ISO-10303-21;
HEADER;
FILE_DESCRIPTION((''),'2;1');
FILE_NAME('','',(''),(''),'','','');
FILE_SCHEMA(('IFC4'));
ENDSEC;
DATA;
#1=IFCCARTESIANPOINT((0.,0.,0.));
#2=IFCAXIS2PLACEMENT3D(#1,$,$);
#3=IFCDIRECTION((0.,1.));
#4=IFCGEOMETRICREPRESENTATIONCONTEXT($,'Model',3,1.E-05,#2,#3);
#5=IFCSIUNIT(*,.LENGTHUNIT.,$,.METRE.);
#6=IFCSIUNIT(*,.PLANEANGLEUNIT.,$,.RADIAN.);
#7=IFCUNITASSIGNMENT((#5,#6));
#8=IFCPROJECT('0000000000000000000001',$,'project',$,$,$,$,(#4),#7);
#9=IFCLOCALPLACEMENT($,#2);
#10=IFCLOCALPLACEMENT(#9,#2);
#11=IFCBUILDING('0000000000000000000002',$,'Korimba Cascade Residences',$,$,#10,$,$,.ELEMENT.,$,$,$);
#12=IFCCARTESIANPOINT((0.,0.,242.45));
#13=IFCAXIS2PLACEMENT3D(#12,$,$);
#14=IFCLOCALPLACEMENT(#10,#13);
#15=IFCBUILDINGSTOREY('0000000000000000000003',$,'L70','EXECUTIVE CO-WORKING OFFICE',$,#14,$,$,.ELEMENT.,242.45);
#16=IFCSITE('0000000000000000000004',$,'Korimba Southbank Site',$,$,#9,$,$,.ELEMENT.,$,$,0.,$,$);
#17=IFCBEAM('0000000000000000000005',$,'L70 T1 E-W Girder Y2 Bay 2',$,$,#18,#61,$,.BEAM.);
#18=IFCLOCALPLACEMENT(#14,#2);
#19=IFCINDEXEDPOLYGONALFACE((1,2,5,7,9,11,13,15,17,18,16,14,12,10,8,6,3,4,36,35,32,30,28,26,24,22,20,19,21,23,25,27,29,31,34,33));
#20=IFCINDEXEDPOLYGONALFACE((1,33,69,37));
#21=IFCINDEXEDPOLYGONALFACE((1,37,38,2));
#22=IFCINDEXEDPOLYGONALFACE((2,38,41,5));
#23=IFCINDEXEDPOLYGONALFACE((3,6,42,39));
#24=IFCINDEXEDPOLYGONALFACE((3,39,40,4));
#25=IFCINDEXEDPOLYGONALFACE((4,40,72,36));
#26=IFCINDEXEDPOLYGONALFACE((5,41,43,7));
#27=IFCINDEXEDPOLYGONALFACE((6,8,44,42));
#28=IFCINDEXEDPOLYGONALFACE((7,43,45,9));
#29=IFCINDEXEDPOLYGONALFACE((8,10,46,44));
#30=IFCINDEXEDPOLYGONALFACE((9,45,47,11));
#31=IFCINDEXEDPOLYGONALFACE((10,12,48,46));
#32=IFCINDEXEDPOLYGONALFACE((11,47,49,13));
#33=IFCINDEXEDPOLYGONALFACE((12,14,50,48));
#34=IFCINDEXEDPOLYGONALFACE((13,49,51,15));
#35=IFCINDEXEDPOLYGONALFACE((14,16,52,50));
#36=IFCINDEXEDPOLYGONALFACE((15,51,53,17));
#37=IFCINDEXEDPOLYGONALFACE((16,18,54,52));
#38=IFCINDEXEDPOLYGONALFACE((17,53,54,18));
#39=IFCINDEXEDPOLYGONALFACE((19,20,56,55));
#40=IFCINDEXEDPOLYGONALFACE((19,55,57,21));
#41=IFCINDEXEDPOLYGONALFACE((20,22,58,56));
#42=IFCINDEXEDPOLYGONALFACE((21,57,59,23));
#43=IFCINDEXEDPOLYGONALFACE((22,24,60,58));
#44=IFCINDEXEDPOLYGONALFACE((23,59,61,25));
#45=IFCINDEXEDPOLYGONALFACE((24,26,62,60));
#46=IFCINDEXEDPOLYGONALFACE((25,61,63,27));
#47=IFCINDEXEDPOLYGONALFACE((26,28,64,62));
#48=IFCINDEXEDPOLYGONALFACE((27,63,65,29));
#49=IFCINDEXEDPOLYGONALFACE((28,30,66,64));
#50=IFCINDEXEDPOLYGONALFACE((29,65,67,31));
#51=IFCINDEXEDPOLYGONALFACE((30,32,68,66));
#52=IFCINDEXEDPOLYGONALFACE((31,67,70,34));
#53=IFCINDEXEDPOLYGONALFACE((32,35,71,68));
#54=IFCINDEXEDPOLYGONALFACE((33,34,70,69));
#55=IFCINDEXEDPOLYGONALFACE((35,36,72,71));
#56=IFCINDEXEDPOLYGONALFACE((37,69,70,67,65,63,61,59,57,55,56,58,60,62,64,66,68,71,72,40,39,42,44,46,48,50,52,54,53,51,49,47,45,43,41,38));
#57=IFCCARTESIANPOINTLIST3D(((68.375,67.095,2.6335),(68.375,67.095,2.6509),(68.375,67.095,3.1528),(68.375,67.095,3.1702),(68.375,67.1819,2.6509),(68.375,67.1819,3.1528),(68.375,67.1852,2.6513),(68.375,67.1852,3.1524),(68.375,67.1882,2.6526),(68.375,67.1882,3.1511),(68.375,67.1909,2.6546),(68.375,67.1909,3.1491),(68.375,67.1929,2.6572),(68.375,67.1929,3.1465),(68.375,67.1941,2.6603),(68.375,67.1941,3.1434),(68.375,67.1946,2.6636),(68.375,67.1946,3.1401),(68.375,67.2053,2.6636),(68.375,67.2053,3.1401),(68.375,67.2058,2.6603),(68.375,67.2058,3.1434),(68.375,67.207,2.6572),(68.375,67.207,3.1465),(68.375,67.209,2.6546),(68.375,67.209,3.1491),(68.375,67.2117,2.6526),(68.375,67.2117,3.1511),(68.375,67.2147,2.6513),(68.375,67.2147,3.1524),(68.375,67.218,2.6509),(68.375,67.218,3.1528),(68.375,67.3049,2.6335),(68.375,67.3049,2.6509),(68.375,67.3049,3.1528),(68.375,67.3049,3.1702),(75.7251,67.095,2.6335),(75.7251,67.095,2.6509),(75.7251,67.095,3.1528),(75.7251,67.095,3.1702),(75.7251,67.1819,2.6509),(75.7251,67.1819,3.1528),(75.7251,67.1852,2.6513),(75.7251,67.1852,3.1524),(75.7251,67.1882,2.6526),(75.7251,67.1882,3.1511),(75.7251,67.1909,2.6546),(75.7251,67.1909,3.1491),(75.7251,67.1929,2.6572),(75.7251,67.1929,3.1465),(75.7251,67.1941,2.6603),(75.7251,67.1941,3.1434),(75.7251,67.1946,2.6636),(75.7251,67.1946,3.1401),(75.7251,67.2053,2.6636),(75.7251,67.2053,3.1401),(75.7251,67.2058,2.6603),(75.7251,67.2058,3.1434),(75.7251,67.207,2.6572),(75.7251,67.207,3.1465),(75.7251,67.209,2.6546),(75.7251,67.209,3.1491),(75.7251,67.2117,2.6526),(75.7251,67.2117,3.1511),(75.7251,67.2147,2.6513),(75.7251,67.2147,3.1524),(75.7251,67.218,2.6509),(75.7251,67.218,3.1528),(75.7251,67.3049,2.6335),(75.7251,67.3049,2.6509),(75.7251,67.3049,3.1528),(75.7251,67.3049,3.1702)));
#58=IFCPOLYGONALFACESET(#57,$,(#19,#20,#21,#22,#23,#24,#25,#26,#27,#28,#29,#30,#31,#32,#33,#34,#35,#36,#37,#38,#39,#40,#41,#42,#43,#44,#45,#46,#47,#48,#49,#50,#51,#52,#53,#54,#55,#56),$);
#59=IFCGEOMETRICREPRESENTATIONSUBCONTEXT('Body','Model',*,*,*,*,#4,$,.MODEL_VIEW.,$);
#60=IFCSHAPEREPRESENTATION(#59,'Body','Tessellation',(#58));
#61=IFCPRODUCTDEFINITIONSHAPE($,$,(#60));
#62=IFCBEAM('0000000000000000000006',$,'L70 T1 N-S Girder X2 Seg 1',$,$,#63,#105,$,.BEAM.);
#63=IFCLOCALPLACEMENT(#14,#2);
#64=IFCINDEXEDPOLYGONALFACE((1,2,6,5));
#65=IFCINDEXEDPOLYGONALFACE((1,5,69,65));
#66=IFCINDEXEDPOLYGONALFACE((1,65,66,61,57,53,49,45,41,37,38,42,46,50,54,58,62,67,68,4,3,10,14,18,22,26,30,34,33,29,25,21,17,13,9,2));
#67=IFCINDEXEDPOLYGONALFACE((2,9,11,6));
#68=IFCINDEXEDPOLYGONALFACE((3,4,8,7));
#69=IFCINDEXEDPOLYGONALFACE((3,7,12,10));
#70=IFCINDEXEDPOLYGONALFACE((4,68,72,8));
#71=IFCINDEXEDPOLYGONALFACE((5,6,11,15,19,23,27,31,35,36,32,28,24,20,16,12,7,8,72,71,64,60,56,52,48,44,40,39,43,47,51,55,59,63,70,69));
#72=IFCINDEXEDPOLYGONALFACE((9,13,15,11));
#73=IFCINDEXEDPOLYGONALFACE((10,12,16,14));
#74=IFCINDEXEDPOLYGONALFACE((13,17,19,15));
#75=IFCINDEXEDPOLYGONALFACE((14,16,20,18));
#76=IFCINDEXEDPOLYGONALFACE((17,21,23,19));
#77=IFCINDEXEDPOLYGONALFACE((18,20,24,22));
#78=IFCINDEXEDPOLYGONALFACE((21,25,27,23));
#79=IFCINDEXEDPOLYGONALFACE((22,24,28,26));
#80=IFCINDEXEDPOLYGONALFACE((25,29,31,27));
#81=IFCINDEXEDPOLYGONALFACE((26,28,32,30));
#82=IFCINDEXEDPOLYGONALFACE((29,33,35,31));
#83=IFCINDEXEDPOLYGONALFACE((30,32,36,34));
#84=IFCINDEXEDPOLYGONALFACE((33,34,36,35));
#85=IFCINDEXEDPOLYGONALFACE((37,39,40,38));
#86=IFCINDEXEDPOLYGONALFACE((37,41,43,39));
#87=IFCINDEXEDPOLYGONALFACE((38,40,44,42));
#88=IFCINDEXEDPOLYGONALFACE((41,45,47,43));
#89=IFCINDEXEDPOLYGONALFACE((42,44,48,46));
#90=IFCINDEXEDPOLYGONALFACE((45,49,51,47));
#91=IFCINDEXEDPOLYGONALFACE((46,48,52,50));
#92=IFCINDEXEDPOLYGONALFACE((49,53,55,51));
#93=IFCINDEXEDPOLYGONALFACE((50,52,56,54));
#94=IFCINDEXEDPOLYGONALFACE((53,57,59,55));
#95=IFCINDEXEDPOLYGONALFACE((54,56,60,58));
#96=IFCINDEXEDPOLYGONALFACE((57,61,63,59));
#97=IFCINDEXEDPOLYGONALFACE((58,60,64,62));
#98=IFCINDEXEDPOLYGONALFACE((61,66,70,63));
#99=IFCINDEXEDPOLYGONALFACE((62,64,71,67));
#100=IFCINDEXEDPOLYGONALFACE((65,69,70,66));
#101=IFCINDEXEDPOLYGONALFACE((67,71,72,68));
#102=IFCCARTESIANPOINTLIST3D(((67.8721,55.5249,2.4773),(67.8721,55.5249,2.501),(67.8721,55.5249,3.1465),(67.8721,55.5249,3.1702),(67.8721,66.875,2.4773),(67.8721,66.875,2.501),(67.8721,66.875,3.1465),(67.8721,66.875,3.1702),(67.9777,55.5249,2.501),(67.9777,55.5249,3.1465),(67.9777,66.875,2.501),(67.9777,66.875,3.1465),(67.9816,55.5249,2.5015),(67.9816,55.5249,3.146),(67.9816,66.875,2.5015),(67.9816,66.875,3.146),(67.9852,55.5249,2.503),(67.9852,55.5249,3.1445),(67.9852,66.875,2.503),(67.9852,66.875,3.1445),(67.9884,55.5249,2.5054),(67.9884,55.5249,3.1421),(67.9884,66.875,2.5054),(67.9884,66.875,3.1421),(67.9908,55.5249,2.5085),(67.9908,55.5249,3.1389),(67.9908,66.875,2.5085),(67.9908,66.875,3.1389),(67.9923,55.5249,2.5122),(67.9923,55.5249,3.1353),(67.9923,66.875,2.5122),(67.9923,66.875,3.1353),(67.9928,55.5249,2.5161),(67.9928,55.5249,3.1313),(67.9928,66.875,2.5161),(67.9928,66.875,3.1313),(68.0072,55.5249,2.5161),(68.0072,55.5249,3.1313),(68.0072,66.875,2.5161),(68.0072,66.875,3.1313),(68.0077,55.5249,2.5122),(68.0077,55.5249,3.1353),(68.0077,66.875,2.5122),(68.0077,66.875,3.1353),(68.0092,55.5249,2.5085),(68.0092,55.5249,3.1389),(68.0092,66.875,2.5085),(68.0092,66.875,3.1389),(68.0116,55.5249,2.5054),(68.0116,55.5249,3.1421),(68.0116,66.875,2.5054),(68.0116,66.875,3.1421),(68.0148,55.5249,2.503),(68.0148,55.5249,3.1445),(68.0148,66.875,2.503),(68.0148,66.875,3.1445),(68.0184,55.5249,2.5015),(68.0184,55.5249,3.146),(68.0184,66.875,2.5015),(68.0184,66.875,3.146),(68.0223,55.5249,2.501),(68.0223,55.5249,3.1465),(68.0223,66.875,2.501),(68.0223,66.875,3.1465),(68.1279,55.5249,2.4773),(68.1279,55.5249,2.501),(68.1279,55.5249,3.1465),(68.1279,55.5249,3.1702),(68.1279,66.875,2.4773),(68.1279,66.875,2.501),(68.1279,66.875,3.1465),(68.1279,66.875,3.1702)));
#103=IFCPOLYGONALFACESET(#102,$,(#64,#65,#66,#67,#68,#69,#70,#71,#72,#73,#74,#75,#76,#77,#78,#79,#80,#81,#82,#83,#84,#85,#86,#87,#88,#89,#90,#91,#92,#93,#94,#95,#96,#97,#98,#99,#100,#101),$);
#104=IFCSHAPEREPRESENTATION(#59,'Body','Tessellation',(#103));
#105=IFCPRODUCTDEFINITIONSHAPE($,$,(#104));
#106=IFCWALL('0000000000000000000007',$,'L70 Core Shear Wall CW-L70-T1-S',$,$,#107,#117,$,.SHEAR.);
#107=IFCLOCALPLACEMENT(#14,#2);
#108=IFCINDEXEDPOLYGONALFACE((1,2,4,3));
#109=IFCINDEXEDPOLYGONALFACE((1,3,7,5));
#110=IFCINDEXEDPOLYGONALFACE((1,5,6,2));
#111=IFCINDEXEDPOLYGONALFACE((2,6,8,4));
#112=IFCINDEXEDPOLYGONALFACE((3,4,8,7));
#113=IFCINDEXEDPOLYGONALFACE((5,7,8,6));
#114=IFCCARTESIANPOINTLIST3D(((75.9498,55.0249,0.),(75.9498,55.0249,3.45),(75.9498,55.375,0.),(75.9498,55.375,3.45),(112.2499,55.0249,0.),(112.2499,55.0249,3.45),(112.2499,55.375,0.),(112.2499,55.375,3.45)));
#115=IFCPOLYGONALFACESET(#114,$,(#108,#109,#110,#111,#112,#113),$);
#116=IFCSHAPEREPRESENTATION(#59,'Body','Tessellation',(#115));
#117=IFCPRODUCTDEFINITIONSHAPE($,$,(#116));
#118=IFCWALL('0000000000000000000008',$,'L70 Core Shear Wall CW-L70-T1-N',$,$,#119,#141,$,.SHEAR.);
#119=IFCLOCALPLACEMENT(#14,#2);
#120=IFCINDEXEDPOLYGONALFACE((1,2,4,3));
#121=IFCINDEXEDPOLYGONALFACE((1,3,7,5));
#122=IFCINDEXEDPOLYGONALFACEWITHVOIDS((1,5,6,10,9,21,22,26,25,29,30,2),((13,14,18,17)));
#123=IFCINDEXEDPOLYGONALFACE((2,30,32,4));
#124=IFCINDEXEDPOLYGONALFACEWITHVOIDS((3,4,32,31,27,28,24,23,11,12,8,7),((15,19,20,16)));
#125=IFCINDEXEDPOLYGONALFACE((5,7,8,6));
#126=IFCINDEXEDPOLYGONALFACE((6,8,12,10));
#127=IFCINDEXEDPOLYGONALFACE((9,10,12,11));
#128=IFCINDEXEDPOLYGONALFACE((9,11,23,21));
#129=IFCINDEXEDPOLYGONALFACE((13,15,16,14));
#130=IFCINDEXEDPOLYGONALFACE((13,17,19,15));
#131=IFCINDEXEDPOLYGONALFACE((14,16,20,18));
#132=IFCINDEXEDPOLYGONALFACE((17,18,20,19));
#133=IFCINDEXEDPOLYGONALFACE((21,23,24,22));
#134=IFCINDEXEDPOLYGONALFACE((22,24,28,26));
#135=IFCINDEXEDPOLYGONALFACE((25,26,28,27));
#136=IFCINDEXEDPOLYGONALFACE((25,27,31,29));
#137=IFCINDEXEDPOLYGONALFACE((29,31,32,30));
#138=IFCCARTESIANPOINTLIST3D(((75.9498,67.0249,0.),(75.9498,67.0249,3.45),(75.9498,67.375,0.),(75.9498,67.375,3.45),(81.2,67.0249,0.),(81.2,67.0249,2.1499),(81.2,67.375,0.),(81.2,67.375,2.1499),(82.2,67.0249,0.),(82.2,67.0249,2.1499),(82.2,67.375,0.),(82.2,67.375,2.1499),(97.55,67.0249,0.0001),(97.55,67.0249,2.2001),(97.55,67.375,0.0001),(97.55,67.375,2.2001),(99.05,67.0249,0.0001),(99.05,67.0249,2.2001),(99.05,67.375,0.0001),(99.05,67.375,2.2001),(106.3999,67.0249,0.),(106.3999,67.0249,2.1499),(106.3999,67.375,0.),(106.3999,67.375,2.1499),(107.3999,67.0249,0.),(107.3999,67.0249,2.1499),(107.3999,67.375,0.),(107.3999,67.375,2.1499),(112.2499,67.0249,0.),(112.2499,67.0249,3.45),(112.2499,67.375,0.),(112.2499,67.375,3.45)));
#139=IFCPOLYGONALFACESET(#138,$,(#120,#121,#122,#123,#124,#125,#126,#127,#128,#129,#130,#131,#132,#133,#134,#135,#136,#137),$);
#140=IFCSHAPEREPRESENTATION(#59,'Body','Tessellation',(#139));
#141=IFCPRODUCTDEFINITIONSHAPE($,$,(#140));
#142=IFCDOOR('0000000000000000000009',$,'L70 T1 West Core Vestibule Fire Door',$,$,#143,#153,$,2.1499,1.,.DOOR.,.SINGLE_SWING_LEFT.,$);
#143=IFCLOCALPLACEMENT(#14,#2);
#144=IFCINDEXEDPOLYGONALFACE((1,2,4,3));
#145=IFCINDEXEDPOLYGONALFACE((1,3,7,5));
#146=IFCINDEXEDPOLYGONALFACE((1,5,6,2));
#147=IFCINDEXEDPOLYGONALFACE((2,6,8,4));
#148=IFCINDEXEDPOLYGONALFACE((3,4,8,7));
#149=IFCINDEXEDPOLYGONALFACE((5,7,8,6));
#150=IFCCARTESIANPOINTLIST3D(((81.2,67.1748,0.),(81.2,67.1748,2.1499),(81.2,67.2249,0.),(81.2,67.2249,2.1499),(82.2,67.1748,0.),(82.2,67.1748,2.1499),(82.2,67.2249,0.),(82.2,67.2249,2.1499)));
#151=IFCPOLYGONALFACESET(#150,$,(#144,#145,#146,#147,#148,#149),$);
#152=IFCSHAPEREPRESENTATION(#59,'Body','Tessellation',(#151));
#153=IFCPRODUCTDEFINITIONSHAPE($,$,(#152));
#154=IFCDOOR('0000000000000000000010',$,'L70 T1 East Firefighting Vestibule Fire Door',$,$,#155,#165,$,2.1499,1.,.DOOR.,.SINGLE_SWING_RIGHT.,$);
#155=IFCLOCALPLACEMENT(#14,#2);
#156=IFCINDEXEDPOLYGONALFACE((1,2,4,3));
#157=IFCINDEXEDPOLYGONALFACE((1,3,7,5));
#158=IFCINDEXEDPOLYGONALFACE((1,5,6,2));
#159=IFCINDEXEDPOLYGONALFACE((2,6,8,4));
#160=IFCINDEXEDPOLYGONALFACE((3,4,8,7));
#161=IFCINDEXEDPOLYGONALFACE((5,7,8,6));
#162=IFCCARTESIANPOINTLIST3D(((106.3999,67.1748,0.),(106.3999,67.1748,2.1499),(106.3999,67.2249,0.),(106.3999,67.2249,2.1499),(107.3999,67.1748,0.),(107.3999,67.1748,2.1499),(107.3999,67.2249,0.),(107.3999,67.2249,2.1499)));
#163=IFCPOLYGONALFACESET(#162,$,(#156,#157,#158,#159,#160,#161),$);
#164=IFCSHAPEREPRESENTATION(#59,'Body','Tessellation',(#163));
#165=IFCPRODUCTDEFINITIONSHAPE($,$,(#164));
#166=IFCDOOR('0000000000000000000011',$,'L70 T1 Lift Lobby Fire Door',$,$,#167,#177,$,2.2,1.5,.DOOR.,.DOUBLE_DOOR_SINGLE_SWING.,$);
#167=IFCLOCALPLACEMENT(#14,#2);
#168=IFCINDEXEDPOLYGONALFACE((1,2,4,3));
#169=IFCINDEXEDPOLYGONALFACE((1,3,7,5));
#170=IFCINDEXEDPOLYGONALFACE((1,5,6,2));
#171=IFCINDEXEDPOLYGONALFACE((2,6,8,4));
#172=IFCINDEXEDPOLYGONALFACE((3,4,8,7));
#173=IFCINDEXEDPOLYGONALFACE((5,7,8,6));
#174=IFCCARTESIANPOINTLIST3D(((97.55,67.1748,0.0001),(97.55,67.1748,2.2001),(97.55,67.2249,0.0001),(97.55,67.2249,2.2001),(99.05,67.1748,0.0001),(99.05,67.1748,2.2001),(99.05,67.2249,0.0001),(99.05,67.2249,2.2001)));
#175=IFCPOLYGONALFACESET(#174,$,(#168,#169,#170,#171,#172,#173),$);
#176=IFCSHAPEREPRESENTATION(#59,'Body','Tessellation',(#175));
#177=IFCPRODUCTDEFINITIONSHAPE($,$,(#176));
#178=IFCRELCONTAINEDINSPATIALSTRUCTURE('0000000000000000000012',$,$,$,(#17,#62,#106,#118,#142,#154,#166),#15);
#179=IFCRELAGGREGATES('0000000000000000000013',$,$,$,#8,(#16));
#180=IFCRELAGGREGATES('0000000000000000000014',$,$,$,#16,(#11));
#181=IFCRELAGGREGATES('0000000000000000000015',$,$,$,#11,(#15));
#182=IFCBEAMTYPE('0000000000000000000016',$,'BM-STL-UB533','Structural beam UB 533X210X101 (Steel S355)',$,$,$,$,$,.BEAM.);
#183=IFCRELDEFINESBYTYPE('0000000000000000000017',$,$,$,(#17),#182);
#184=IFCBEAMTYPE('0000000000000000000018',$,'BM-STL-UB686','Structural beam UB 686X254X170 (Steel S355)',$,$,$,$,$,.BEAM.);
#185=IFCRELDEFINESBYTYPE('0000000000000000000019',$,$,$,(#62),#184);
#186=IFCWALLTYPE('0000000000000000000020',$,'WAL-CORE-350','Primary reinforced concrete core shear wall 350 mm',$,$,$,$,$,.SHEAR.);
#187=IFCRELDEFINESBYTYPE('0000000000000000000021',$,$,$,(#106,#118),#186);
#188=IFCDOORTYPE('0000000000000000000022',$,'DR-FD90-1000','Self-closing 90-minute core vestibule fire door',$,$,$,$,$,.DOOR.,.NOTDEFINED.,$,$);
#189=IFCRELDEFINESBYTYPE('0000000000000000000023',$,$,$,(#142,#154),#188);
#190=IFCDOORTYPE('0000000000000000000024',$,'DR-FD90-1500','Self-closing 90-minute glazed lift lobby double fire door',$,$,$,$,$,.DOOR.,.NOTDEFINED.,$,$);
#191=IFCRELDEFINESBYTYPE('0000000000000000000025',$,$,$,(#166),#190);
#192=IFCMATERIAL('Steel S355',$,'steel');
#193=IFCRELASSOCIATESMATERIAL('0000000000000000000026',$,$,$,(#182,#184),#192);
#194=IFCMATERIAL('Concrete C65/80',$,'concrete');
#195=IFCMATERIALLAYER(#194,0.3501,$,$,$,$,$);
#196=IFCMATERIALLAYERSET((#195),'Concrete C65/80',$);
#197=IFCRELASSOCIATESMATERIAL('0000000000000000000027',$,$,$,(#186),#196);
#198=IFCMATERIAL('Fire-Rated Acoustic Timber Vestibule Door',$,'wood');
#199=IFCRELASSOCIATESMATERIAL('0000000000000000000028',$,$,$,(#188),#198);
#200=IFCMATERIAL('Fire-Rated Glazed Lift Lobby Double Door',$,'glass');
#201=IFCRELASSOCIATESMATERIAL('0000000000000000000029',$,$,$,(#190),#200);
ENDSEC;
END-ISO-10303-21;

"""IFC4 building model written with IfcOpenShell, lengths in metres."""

from ifc_helpers import new_model, si_unit, direction, frame, frame_2d, origin, origin_2d, place, context, subcontext, project, spatial, rectangle, i_section, extrude, material, layer, layer_set, material_profile, profile_set, type_object, element, fill, save


model = new_model("IFC4")

# Units and contexts
model_context = context("Model", 3, precision=1e-05, world=origin(), true_north=direction((0.0, 1.0)))
body_context = subcontext(model_context, "Body", "Model", "MODEL_VIEW")
ifc_project = project(units=[si_unit("LENGTHUNIT", "METRE"), si_unit("PLANEANGLEUNIT", "RADIAN")], contexts=[model_context])

# Site, building, storey
site_placement = place(None, origin())
site = spatial("IfcSite", under=ifc_project, at=site_placement, Name="Korimba Southbank Site", CompositionType="ELEMENT", RefElevation=0.0)
building_placement = place(site_placement, origin())
building = spatial("IfcBuilding", under=site, at=building_placement, Name="Korimba Cascade Residences", CompositionType="ELEMENT")
storey_placement = place(building_placement, frame((0.0, 0.0, 242.45)))
storey = spatial("IfcBuildingStorey", under=building, at=storey_placement, Name="L70", Description="EXECUTIVE CO-WORKING OFFICE", CompositionType="ELEMENT", Elevation=242.45)

# Beams
ifc_material_1 = material(Name="Steel S355", Category="steel")
ifc_material_profile_1 = material_profile(ifc_material_1, i_section(OverallWidth=0.21, OverallDepth=0.5366, WebThickness=0.0107, FlangeThickness=0.0173, FilletRadius=0.0127, at=origin_2d()), Name="Steel S355")
ifc_profile_set_1 = profile_set([ifc_material_profile_1], Name="Steel S355")
beam_type_1 = type_object("IfcBeamType", Name="BM-STL-UB533", Description="Structural beam UB 533X210X101 (Steel S355)", PredefinedType="BEAM", material=ifc_profile_set_1)
beam_1_placement = place(storey_placement, frame((68.375, 67.2, 2.9019), z_axis=(1.0, 0.0, 0.0), x_axis=(0.0, 1.0, 0.0)))
element("IfcBeam", 1, at=beam_1_placement, inside=storey, type_object=beam_type_1, Name="L70 T1 E-W Girder Y2 Bay 2", PredefinedType="BEAM", context=body_context, shape_type="SweptSolid", body=[
    extrude(i_section(OverallWidth=0.21, OverallDepth=0.5366, WebThickness=0.0107, FlangeThickness=0.0173, FilletRadius=0.0127, at=origin_2d()), origin(), (0.0, 0.0, 1.0), 7.3501),
])
ifc_material_profile_2 = material_profile(ifc_material_1, i_section(OverallWidth=0.2559, OverallDepth=0.6929, WebThickness=0.0144, FlangeThickness=0.0237, FilletRadius=0.0151, at=origin_2d()), Name="Steel S355")
ifc_profile_set_2 = profile_set([ifc_material_profile_2], Name="Steel S355")
beam_type_2 = type_object("IfcBeamType", Name="BM-STL-UB686", Description="Structural beam UB 686X254X170 (Steel S355)", PredefinedType="BEAM", material=ifc_profile_set_2)
beam_2_placement = place(storey_placement, frame((68.0, 55.5249, 2.8237), z_axis=(0.0, 1.0, 0.0), x_axis=(-1.0, 0.0, 0.0)))
element("IfcBeam", 2, at=beam_2_placement, inside=storey, type_object=beam_type_2, Name="L70 T1 N-S Girder X2 Seg 1", PredefinedType="BEAM", context=body_context, shape_type="SweptSolid", body=[
    extrude(i_section(OverallWidth=0.2559, OverallDepth=0.6929, WebThickness=0.0144, FlangeThickness=0.0237, FilletRadius=0.0151, at=origin_2d()), origin(), (0.0, 0.0, 1.0), 11.3501),
])

# Wall
ifc_material_2 = material(Name="Concrete C65/80", Category="concrete")
ifc_layer_1 = layer(ifc_material_2, 0.3501)
ifc_layer_set_1 = layer_set([ifc_layer_1], Name="Concrete C65/80")
wall_type_1 = type_object("IfcWallType", Name="WAL-CORE-350", Description="Primary reinforced concrete core shear wall 350 mm", PredefinedType="SHEAR", material=ifc_layer_set_1)
wall_1_placement = place(storey_placement, frame((75.95, 55.2, 0.0), z_axis=(0.0, 0.0, 1.0), x_axis=(1.0, 0.0, 0.0)))
element("IfcWall", 3, at=wall_1_placement, inside=storey, type_object=wall_type_1, Name="L70 Core Shear Wall CW-L70-T1-S", PredefinedType="SHEAR", context=body_context, shape_type="SweptSolid", body=[
    extrude(rectangle(XDim=36.3, YDim=0.3501, at=frame_2d((18.1499, 0.0))), origin(), (0.0, 0.0, 1.0), 3.45),
])

# Wall, openings, doors
wall_2_placement = place(storey_placement, frame((75.95, 67.2, 0.0), z_axis=(0.0, 0.0, 1.0), x_axis=(1.0, 0.0, 0.0)))
wall_2 = element("IfcWall", 4, at=wall_2_placement, inside=storey, type_object=wall_type_1, Name="L70 Core Shear Wall CW-L70-T1-N", PredefinedType="SHEAR", context=body_context, shape_type="SweptSolid", body=[
    extrude(rectangle(XDim=36.3, YDim=0.3501, at=frame_2d((18.1499, 0.0))), origin(), (0.0, 0.0, 1.0), 3.45),
])
opening_1_placement = place(wall_2_placement, frame((5.25, 0.0, 0.0)))
opening_1 = element("IfcOpeningElement", 5, at=opening_1_placement, cuts=wall_2, PredefinedType="OPENING", context=body_context, shape_type="SweptSolid", body=[
    extrude(rectangle(XDim=1.0, YDim=2.1499, at=frame_2d((0.5, 1.075))), frame((0.0, 0.1851, 0.0), z_axis=(0.0, -1.0, 0.0), x_axis=(1.0, 0.0, 0.0)), (0.0, 0.0, 1.0), 0.3701),
])
opening_2_placement = place(wall_2_placement, frame((21.6001, 0.0, 0.0)))
opening_2 = element("IfcOpeningElement", 6, at=opening_2_placement, cuts=wall_2, PredefinedType="OPENING", context=body_context, shape_type="SweptSolid", body=[
    extrude(rectangle(XDim=1.5, YDim=2.2, at=frame_2d((0.75, 1.1001))), frame((0.0, 0.1851, 0.0), z_axis=(0.0, -1.0, 0.0), x_axis=(1.0, 0.0, 0.0)), (0.0, 0.0, 1.0), 0.3701),
])
opening_3_placement = place(wall_2_placement, frame((30.45, 0.0, 0.0)))
opening_3 = element("IfcOpeningElement", 7, at=opening_3_placement, cuts=wall_2, PredefinedType="OPENING", context=body_context, shape_type="SweptSolid", body=[
    extrude(rectangle(XDim=1.0, YDim=2.1499, at=frame_2d((0.5, 1.075))), frame((0.0, 0.1851, 0.0), z_axis=(0.0, -1.0, 0.0), x_axis=(1.0, 0.0, 0.0)), (0.0, 0.0, 1.0), 0.3701),
])
ifc_material_3 = material(Name="Fire-Rated Acoustic Timber Vestibule Door", Category="wood")
door_type_1 = type_object("IfcDoorType", Name="DR-FD90-1000", Description="Self-closing 90-minute core vestibule fire door", OperationType="NOTDEFINED", PredefinedType="DOOR", material=ifc_material_3)
door_1_placement = place(opening_1_placement, origin())
door_1 = element("IfcDoor", 8, at=door_1_placement, inside=storey, type_object=door_type_1, Name="L70 T1 West Core Vestibule Fire Door", OperationType="SINGLE_SWING_LEFT", OverallHeight=2.1499, OverallWidth=1.0, PredefinedType="DOOR", context=body_context, shape_type="SweptSolid", body=[
    extrude(rectangle(XDim=1.0, YDim=2.1499, at=frame_2d((0.5, 1.075))), frame((0.0, 0.0249, 0.0), z_axis=(0.0, -1.0, 0.0), x_axis=(1.0, 0.0, 0.0)), (0.0, 0.0, 1.0), 0.05),
])
fill(opening_1, door_1)
door_2_placement = place(opening_3_placement, origin())
door_2 = element("IfcDoor", 9, at=door_2_placement, inside=storey, type_object=door_type_1, Name="L70 T1 East Firefighting Vestibule Fire Door", OperationType="SINGLE_SWING_RIGHT", OverallHeight=2.1499, OverallWidth=1.0, PredefinedType="DOOR", context=body_context, shape_type="SweptSolid", body=[
    extrude(rectangle(XDim=1.0, YDim=2.1499, at=frame_2d((0.5, 1.075))), frame((0.0, 0.0249, 0.0), z_axis=(0.0, -1.0, 0.0), x_axis=(1.0, 0.0, 0.0)), (0.0, 0.0, 1.0), 0.05),
])
fill(opening_3, door_2)
ifc_material_4 = material(Name="Fire-Rated Glazed Lift Lobby Double Door", Category="glass")
door_type_2 = type_object("IfcDoorType", Name="DR-FD90-1500", Description="Self-closing 90-minute glazed lift lobby double fire door", OperationType="NOTDEFINED", PredefinedType="DOOR", material=ifc_material_4)
door_3_placement = place(opening_2_placement, origin())
door_3 = element("IfcDoor", 10, at=door_3_placement, inside=storey, type_object=door_type_2, Name="L70 T1 Lift Lobby Fire Door", OperationType="DOUBLE_DOOR_SINGLE_SWING", OverallHeight=2.2, OverallWidth=1.5, PredefinedType="DOOR", context=body_context, shape_type="SweptSolid", body=[
    extrude(rectangle(XDim=1.5, YDim=2.2, at=frame_2d((0.75, 1.1001))), frame((0.0, 0.0249, 0.0), z_axis=(0.0, -1.0, 0.0), x_axis=(1.0, 0.0, 0.0)), (0.0, 0.0, 1.0), 0.05),
])
fill(opening_2, door_3)

save(model, "model.ifc")
